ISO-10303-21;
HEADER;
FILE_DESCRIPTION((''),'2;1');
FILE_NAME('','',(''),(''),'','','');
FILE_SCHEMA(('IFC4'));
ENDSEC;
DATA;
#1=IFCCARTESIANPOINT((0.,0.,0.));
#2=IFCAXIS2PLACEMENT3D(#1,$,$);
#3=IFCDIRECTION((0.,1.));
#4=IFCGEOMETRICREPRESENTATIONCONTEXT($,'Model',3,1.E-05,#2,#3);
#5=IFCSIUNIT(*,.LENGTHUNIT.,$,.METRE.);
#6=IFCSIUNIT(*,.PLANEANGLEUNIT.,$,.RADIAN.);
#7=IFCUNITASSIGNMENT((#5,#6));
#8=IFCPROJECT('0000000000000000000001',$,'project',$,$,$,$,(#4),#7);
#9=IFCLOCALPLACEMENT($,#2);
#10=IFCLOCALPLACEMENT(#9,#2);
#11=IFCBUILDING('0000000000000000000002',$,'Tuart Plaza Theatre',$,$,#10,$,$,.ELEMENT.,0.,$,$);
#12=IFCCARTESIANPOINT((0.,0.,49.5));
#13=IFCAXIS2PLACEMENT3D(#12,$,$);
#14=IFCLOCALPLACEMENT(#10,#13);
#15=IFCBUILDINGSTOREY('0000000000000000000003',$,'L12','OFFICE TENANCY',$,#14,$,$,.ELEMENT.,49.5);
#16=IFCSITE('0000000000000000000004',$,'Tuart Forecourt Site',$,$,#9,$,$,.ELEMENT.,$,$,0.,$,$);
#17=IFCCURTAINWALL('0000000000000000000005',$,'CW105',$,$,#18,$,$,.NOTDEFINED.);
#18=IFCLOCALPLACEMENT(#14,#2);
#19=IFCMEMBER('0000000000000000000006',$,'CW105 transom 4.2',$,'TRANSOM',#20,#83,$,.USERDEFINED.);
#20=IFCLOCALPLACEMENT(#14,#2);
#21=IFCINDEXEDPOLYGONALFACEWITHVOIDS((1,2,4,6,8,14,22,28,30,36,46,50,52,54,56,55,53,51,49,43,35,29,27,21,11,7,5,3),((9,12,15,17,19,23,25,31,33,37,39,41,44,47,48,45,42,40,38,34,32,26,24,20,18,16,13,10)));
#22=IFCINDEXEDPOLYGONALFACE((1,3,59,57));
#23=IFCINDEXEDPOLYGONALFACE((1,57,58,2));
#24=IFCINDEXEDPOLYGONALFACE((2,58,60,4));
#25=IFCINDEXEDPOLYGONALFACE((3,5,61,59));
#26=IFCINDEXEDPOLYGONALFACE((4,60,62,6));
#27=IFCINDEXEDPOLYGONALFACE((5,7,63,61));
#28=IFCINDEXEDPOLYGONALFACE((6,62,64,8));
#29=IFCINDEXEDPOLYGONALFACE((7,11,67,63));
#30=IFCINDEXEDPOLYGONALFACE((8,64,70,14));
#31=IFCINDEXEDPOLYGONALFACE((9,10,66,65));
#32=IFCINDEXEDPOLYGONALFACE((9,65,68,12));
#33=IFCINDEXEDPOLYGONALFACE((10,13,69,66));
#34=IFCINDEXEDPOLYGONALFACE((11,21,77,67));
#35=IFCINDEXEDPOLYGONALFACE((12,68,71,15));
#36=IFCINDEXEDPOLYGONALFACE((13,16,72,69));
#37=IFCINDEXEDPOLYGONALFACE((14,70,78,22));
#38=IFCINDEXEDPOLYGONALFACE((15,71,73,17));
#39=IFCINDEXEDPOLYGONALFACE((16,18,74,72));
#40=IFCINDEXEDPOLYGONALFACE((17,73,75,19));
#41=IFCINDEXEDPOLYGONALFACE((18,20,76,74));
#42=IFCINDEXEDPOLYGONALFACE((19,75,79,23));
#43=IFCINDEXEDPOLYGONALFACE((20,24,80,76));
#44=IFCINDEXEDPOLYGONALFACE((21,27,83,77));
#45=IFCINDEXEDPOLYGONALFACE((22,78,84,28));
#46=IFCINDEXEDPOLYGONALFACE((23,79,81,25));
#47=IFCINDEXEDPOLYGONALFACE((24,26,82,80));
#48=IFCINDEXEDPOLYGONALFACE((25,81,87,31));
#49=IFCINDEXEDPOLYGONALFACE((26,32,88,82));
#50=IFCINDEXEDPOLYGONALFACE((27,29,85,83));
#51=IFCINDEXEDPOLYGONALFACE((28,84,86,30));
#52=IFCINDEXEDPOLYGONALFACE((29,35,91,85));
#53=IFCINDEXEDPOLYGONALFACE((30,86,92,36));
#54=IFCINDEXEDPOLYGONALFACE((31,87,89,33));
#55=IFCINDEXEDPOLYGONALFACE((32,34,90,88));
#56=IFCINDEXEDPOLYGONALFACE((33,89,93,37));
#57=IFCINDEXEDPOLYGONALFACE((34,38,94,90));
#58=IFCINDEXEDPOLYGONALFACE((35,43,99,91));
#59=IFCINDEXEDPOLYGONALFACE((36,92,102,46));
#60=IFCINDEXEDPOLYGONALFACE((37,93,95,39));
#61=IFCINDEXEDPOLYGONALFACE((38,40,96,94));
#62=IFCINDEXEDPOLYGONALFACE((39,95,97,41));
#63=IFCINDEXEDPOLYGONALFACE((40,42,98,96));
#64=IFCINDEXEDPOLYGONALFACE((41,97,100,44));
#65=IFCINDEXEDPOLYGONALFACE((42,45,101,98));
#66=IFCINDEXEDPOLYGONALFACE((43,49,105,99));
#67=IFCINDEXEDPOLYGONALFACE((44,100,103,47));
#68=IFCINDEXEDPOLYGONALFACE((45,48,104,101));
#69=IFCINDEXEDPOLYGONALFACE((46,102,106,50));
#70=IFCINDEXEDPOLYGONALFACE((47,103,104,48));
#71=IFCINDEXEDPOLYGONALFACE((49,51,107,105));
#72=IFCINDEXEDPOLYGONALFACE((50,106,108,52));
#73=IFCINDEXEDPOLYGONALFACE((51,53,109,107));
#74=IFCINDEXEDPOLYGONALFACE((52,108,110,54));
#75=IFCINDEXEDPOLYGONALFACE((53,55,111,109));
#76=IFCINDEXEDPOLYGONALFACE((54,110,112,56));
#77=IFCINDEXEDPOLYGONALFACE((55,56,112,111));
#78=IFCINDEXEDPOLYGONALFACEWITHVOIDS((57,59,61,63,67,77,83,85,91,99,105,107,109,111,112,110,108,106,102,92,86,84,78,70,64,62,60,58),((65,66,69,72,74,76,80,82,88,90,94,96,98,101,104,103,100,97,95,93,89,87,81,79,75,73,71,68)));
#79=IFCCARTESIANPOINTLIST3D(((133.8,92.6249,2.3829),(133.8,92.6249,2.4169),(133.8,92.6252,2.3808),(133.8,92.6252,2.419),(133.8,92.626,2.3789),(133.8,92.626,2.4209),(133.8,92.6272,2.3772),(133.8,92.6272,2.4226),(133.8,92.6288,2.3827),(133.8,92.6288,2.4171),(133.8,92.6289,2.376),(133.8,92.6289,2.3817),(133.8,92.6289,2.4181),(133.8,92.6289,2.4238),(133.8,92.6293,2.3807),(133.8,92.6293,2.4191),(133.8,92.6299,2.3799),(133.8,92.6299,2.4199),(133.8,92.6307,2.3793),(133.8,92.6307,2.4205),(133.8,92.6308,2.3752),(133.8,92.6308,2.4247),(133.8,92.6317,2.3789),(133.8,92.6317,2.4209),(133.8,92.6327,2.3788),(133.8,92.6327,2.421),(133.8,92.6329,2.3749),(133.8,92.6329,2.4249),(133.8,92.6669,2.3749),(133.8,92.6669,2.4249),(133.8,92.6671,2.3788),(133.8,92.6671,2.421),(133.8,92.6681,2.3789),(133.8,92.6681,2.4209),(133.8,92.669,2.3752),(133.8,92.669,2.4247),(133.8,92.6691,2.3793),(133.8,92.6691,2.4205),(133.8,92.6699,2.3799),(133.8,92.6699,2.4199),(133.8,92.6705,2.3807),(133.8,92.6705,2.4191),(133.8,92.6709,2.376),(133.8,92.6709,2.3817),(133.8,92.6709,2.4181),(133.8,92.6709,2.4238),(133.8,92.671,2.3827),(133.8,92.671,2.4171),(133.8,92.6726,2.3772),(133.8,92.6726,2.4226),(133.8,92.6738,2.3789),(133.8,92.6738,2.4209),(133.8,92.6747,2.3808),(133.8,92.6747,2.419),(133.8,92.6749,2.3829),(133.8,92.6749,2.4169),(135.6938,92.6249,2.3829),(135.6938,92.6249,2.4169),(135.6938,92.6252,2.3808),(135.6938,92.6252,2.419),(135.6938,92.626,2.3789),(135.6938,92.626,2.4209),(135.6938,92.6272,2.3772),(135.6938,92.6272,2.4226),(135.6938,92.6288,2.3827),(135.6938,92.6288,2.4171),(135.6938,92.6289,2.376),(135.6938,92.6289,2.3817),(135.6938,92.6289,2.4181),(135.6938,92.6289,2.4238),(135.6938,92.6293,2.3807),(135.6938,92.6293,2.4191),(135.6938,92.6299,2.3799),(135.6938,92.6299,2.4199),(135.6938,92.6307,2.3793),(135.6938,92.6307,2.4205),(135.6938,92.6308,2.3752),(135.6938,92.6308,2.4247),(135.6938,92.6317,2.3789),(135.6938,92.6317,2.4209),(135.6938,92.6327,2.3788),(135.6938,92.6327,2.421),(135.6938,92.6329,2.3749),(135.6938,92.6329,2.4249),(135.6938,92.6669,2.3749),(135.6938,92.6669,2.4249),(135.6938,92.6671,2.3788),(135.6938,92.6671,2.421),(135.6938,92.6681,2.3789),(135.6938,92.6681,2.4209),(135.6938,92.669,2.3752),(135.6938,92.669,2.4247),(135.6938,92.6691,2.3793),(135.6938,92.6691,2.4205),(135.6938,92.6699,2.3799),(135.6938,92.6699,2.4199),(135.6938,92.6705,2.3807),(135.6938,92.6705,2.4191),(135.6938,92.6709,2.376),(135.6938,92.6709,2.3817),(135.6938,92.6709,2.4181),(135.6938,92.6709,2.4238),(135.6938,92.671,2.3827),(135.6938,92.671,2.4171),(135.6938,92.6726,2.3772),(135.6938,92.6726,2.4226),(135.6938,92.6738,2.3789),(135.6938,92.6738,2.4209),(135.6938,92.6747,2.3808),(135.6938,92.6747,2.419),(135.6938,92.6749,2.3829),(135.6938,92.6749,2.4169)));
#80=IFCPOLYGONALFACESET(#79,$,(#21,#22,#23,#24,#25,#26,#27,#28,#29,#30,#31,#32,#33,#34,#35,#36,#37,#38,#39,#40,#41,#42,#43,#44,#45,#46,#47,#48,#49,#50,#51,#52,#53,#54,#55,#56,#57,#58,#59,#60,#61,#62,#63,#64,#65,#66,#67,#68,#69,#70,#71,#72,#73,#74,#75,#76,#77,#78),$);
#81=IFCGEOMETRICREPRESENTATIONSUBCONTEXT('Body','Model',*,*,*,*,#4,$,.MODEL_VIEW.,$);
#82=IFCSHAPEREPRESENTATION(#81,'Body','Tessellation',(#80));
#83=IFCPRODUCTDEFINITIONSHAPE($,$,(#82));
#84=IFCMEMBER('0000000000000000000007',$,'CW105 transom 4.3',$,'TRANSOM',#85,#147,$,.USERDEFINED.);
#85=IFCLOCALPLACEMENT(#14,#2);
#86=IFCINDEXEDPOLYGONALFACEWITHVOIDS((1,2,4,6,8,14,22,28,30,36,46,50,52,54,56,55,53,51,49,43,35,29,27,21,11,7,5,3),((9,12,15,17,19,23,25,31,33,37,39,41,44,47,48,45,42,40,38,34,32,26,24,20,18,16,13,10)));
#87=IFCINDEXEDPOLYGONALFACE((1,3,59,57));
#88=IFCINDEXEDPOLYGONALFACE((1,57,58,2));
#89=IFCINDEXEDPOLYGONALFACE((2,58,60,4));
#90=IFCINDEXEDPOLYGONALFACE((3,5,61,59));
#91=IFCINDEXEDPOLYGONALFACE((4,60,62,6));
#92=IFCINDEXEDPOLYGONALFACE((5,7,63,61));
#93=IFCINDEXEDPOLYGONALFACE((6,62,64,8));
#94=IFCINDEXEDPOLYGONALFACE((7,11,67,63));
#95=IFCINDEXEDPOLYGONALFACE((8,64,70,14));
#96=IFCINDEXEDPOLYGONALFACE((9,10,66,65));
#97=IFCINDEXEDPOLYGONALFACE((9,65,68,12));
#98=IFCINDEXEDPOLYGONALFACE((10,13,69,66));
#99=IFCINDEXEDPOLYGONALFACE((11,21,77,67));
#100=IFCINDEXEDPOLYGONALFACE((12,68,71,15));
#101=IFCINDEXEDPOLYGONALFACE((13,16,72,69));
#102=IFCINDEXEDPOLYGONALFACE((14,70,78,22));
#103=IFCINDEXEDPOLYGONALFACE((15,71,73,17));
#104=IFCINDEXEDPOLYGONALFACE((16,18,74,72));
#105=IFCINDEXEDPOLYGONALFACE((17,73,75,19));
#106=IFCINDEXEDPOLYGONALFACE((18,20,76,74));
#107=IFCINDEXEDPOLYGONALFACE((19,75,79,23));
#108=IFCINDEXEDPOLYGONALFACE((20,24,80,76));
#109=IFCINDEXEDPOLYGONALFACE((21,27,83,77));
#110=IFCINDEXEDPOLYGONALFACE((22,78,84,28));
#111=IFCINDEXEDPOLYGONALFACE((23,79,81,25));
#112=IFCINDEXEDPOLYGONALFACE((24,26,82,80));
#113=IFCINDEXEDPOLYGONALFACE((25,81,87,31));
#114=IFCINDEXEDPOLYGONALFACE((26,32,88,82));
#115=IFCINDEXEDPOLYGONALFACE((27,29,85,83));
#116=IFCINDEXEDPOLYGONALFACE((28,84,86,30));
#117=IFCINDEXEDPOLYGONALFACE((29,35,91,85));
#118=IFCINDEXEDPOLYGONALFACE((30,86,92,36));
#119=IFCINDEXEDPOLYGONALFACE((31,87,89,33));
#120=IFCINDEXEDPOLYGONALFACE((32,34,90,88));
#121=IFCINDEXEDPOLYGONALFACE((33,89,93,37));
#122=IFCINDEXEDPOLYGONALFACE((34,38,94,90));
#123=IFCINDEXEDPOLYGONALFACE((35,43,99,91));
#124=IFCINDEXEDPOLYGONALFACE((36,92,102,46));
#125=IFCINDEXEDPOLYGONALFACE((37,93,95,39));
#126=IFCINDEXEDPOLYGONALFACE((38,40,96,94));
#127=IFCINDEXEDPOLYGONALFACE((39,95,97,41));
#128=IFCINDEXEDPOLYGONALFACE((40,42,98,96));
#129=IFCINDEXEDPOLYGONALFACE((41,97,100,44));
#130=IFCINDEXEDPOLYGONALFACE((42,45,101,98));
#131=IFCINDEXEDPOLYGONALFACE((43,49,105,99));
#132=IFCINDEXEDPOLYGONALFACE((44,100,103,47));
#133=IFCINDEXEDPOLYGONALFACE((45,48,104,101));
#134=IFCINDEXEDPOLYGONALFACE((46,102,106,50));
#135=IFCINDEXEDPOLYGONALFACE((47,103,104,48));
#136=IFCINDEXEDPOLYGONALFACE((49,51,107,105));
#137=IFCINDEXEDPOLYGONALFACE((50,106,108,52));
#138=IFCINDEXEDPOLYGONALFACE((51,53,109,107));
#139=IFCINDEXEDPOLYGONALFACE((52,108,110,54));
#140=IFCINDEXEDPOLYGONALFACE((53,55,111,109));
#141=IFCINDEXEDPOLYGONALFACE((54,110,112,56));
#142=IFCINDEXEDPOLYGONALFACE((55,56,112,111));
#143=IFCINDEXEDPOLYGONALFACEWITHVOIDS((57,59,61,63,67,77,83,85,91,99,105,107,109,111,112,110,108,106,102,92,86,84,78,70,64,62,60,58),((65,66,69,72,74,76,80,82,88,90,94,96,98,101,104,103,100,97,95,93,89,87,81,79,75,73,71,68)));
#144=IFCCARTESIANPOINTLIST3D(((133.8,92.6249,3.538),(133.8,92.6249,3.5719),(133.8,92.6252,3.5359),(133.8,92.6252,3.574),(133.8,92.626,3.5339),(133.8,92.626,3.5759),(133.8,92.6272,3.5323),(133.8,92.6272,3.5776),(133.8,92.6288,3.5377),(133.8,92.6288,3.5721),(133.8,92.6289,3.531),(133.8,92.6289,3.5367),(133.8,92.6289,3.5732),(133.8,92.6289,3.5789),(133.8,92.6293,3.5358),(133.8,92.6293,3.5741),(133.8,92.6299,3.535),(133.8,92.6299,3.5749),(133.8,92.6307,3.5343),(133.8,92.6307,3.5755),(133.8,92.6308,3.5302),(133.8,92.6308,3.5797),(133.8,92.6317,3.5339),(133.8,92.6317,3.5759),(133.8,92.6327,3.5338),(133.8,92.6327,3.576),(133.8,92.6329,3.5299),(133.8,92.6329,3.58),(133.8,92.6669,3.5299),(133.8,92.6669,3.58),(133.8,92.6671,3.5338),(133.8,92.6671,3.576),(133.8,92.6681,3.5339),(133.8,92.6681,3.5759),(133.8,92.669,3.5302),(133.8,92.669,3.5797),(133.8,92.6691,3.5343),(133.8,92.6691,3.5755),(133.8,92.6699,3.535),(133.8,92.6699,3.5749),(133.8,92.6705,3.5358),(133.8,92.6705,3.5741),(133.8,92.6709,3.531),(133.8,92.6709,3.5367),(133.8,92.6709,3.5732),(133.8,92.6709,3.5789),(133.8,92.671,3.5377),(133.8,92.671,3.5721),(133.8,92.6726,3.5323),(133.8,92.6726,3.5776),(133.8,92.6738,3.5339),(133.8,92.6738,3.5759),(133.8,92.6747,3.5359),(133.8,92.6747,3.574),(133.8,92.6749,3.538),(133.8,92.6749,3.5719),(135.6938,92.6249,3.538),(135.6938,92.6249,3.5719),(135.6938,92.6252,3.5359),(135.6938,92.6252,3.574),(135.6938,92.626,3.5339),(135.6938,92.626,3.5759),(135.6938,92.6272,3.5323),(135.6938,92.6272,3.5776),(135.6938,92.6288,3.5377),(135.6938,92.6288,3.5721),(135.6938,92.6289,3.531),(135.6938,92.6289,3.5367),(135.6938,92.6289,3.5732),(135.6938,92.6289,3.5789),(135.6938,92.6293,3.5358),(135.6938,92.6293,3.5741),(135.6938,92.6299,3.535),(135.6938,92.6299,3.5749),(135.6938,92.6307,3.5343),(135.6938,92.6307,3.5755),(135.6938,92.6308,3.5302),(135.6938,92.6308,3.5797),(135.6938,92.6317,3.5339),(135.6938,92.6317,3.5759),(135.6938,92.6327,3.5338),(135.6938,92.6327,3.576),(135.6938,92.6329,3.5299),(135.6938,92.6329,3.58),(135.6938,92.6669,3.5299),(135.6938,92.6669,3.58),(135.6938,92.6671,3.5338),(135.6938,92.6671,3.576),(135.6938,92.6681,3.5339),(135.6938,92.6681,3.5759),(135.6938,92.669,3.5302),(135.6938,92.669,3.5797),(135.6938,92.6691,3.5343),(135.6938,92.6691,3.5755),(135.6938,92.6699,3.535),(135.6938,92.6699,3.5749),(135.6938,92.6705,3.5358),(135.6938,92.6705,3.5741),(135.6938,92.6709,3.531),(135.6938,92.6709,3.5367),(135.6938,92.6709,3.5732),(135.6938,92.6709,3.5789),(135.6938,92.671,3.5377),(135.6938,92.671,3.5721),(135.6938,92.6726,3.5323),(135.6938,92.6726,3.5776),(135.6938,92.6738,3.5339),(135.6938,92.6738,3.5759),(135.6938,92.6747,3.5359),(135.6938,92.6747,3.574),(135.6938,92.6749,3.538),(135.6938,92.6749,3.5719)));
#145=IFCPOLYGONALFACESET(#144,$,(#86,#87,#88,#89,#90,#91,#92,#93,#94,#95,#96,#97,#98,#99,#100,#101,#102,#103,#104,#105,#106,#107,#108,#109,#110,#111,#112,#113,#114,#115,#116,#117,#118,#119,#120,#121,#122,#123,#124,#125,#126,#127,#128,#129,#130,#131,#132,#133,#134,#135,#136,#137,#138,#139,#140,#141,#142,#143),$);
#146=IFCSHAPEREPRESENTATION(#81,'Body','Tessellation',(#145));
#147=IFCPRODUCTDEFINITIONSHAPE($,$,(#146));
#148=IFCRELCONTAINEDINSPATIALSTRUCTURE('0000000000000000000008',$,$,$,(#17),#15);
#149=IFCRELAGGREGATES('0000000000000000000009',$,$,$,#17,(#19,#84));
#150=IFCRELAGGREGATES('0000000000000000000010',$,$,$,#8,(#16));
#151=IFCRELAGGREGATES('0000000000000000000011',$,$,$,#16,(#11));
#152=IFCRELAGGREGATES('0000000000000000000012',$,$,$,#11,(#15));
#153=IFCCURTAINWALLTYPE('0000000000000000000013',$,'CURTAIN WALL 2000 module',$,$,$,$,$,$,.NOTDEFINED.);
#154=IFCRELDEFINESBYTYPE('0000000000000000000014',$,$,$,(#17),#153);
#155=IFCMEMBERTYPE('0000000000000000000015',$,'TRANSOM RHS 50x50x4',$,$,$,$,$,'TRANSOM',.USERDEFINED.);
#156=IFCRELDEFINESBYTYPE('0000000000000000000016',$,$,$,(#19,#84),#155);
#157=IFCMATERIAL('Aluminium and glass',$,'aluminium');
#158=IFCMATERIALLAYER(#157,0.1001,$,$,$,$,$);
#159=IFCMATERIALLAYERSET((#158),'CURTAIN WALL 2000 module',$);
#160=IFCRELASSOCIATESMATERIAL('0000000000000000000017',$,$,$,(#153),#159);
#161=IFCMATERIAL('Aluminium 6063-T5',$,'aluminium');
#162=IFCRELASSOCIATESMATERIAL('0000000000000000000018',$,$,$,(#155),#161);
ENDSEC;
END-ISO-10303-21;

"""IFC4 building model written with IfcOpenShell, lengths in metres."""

from ifc_helpers import new_model, si_unit, direction, frame, origin, origin_2d, place, context, subcontext, project, spatial, hollow_rectangle, extrude, material, layer, layer_set, material_profile, profile_set, type_object, element, aggregate, save


model = new_model("IFC4")

# Units and contexts
model_context = context("Model", 3, precision=1e-05, world=origin(), true_north=direction((0.0, 1.0)))
body_context = subcontext(model_context, "Body", "Model", "MODEL_VIEW")
ifc_project = project(units=[si_unit("LENGTHUNIT", "METRE"), si_unit("PLANEANGLEUNIT", "RADIAN")], contexts=[model_context])

# Site, building, storey
site_placement = place(None, origin())
site = spatial("IfcSite", under=ifc_project, at=site_placement, Name="Tuart Forecourt Site", CompositionType="ELEMENT", RefElevation=0.0)
building_placement = place(site_placement, origin())
building = spatial("IfcBuilding", under=site, at=building_placement, Name="Tuart Plaza Theatre", CompositionType="ELEMENT", ElevationOfRefHeight=0.0)
storey_placement = place(building_placement, frame((0.0, 0.0, 49.5)))
storey = spatial("IfcBuildingStorey", under=building, at=storey_placement, Name="L12", Description="OFFICE TENANCY", CompositionType="ELEMENT", Elevation=49.5)

# Curtain wall, members
ifc_material_1 = material(Name="Aluminium and glass", Category="aluminium")
ifc_layer_1 = layer(ifc_material_1, 0.1001)
ifc_layer_set_1 = layer_set([ifc_layer_1], Name="CURTAIN WALL 2000 module")
curtain_wall_type = type_object("IfcCurtainWallType", Name="CURTAIN WALL 2000 module", PredefinedType="NOTDEFINED", material=ifc_layer_set_1)
curtain_wall_placement = place(storey_placement, origin())
curtain_wall = element("IfcCurtainWall", 1, at=curtain_wall_placement, inside=storey, type_object=curtain_wall_type, Name="CW105", PredefinedType="NOTDEFINED")
ifc_material_2 = material(Name="Aluminium 6063-T5", Category="aluminium")
ifc_material_profile_1 = material_profile(ifc_material_2, hollow_rectangle(XDim=0.05, YDim=0.05, WallThickness=0.0039, InnerFilletRadius=0.0039, OuterFilletRadius=0.0081, at=origin_2d()), Name="RHS 50x50x4")
ifc_profile_set_1 = profile_set([ifc_material_profile_1], Name="Aluminium 6063-T5")
member_type_1 = type_object("IfcMemberType", Name="TRANSOM RHS 50x50x4", ElementType="TRANSOM", PredefinedType="USERDEFINED", material=ifc_profile_set_1)
member_1_placement = place(storey_placement, frame((135.6938, 92.6499, 2.3999), z_axis=(-1.0, 0.0, 0.0), x_axis=(0.0, -1.0, 0.0)))
member_1 = element("IfcMember", 2, at=member_1_placement, type_object=member_type_1, Name="CW105 transom 4.2", ObjectType="TRANSOM", PredefinedType="USERDEFINED", context=body_context, shape_type="SweptSolid", body=[
    extrude(hollow_rectangle(XDim=0.05, YDim=0.05, WallThickness=0.0039, InnerFilletRadius=0.0039, OuterFilletRadius=0.0081, at=origin_2d()), origin(), (0.0, 0.0, 1.0), 1.8938),
])
member_2_placement = place(storey_placement, frame((135.6938, 92.6499, 3.5549), z_axis=(-1.0, 0.0, 0.0), x_axis=(0.0, -1.0, 0.0)))
member_2 = element("IfcMember", 3, at=member_2_placement, type_object=member_type_1, Name="CW105 transom 4.3", ObjectType="TRANSOM", PredefinedType="USERDEFINED", context=body_context, shape_type="SweptSolid", body=[
    extrude(hollow_rectangle(XDim=0.05, YDim=0.05, WallThickness=0.0039, InnerFilletRadius=0.0039, OuterFilletRadius=0.0081, at=origin_2d()), origin(), (0.0, 0.0, 1.0), 1.8938),
])
aggregate(curtain_wall, [member_1, member_2])

save(model, "model.ifc")
